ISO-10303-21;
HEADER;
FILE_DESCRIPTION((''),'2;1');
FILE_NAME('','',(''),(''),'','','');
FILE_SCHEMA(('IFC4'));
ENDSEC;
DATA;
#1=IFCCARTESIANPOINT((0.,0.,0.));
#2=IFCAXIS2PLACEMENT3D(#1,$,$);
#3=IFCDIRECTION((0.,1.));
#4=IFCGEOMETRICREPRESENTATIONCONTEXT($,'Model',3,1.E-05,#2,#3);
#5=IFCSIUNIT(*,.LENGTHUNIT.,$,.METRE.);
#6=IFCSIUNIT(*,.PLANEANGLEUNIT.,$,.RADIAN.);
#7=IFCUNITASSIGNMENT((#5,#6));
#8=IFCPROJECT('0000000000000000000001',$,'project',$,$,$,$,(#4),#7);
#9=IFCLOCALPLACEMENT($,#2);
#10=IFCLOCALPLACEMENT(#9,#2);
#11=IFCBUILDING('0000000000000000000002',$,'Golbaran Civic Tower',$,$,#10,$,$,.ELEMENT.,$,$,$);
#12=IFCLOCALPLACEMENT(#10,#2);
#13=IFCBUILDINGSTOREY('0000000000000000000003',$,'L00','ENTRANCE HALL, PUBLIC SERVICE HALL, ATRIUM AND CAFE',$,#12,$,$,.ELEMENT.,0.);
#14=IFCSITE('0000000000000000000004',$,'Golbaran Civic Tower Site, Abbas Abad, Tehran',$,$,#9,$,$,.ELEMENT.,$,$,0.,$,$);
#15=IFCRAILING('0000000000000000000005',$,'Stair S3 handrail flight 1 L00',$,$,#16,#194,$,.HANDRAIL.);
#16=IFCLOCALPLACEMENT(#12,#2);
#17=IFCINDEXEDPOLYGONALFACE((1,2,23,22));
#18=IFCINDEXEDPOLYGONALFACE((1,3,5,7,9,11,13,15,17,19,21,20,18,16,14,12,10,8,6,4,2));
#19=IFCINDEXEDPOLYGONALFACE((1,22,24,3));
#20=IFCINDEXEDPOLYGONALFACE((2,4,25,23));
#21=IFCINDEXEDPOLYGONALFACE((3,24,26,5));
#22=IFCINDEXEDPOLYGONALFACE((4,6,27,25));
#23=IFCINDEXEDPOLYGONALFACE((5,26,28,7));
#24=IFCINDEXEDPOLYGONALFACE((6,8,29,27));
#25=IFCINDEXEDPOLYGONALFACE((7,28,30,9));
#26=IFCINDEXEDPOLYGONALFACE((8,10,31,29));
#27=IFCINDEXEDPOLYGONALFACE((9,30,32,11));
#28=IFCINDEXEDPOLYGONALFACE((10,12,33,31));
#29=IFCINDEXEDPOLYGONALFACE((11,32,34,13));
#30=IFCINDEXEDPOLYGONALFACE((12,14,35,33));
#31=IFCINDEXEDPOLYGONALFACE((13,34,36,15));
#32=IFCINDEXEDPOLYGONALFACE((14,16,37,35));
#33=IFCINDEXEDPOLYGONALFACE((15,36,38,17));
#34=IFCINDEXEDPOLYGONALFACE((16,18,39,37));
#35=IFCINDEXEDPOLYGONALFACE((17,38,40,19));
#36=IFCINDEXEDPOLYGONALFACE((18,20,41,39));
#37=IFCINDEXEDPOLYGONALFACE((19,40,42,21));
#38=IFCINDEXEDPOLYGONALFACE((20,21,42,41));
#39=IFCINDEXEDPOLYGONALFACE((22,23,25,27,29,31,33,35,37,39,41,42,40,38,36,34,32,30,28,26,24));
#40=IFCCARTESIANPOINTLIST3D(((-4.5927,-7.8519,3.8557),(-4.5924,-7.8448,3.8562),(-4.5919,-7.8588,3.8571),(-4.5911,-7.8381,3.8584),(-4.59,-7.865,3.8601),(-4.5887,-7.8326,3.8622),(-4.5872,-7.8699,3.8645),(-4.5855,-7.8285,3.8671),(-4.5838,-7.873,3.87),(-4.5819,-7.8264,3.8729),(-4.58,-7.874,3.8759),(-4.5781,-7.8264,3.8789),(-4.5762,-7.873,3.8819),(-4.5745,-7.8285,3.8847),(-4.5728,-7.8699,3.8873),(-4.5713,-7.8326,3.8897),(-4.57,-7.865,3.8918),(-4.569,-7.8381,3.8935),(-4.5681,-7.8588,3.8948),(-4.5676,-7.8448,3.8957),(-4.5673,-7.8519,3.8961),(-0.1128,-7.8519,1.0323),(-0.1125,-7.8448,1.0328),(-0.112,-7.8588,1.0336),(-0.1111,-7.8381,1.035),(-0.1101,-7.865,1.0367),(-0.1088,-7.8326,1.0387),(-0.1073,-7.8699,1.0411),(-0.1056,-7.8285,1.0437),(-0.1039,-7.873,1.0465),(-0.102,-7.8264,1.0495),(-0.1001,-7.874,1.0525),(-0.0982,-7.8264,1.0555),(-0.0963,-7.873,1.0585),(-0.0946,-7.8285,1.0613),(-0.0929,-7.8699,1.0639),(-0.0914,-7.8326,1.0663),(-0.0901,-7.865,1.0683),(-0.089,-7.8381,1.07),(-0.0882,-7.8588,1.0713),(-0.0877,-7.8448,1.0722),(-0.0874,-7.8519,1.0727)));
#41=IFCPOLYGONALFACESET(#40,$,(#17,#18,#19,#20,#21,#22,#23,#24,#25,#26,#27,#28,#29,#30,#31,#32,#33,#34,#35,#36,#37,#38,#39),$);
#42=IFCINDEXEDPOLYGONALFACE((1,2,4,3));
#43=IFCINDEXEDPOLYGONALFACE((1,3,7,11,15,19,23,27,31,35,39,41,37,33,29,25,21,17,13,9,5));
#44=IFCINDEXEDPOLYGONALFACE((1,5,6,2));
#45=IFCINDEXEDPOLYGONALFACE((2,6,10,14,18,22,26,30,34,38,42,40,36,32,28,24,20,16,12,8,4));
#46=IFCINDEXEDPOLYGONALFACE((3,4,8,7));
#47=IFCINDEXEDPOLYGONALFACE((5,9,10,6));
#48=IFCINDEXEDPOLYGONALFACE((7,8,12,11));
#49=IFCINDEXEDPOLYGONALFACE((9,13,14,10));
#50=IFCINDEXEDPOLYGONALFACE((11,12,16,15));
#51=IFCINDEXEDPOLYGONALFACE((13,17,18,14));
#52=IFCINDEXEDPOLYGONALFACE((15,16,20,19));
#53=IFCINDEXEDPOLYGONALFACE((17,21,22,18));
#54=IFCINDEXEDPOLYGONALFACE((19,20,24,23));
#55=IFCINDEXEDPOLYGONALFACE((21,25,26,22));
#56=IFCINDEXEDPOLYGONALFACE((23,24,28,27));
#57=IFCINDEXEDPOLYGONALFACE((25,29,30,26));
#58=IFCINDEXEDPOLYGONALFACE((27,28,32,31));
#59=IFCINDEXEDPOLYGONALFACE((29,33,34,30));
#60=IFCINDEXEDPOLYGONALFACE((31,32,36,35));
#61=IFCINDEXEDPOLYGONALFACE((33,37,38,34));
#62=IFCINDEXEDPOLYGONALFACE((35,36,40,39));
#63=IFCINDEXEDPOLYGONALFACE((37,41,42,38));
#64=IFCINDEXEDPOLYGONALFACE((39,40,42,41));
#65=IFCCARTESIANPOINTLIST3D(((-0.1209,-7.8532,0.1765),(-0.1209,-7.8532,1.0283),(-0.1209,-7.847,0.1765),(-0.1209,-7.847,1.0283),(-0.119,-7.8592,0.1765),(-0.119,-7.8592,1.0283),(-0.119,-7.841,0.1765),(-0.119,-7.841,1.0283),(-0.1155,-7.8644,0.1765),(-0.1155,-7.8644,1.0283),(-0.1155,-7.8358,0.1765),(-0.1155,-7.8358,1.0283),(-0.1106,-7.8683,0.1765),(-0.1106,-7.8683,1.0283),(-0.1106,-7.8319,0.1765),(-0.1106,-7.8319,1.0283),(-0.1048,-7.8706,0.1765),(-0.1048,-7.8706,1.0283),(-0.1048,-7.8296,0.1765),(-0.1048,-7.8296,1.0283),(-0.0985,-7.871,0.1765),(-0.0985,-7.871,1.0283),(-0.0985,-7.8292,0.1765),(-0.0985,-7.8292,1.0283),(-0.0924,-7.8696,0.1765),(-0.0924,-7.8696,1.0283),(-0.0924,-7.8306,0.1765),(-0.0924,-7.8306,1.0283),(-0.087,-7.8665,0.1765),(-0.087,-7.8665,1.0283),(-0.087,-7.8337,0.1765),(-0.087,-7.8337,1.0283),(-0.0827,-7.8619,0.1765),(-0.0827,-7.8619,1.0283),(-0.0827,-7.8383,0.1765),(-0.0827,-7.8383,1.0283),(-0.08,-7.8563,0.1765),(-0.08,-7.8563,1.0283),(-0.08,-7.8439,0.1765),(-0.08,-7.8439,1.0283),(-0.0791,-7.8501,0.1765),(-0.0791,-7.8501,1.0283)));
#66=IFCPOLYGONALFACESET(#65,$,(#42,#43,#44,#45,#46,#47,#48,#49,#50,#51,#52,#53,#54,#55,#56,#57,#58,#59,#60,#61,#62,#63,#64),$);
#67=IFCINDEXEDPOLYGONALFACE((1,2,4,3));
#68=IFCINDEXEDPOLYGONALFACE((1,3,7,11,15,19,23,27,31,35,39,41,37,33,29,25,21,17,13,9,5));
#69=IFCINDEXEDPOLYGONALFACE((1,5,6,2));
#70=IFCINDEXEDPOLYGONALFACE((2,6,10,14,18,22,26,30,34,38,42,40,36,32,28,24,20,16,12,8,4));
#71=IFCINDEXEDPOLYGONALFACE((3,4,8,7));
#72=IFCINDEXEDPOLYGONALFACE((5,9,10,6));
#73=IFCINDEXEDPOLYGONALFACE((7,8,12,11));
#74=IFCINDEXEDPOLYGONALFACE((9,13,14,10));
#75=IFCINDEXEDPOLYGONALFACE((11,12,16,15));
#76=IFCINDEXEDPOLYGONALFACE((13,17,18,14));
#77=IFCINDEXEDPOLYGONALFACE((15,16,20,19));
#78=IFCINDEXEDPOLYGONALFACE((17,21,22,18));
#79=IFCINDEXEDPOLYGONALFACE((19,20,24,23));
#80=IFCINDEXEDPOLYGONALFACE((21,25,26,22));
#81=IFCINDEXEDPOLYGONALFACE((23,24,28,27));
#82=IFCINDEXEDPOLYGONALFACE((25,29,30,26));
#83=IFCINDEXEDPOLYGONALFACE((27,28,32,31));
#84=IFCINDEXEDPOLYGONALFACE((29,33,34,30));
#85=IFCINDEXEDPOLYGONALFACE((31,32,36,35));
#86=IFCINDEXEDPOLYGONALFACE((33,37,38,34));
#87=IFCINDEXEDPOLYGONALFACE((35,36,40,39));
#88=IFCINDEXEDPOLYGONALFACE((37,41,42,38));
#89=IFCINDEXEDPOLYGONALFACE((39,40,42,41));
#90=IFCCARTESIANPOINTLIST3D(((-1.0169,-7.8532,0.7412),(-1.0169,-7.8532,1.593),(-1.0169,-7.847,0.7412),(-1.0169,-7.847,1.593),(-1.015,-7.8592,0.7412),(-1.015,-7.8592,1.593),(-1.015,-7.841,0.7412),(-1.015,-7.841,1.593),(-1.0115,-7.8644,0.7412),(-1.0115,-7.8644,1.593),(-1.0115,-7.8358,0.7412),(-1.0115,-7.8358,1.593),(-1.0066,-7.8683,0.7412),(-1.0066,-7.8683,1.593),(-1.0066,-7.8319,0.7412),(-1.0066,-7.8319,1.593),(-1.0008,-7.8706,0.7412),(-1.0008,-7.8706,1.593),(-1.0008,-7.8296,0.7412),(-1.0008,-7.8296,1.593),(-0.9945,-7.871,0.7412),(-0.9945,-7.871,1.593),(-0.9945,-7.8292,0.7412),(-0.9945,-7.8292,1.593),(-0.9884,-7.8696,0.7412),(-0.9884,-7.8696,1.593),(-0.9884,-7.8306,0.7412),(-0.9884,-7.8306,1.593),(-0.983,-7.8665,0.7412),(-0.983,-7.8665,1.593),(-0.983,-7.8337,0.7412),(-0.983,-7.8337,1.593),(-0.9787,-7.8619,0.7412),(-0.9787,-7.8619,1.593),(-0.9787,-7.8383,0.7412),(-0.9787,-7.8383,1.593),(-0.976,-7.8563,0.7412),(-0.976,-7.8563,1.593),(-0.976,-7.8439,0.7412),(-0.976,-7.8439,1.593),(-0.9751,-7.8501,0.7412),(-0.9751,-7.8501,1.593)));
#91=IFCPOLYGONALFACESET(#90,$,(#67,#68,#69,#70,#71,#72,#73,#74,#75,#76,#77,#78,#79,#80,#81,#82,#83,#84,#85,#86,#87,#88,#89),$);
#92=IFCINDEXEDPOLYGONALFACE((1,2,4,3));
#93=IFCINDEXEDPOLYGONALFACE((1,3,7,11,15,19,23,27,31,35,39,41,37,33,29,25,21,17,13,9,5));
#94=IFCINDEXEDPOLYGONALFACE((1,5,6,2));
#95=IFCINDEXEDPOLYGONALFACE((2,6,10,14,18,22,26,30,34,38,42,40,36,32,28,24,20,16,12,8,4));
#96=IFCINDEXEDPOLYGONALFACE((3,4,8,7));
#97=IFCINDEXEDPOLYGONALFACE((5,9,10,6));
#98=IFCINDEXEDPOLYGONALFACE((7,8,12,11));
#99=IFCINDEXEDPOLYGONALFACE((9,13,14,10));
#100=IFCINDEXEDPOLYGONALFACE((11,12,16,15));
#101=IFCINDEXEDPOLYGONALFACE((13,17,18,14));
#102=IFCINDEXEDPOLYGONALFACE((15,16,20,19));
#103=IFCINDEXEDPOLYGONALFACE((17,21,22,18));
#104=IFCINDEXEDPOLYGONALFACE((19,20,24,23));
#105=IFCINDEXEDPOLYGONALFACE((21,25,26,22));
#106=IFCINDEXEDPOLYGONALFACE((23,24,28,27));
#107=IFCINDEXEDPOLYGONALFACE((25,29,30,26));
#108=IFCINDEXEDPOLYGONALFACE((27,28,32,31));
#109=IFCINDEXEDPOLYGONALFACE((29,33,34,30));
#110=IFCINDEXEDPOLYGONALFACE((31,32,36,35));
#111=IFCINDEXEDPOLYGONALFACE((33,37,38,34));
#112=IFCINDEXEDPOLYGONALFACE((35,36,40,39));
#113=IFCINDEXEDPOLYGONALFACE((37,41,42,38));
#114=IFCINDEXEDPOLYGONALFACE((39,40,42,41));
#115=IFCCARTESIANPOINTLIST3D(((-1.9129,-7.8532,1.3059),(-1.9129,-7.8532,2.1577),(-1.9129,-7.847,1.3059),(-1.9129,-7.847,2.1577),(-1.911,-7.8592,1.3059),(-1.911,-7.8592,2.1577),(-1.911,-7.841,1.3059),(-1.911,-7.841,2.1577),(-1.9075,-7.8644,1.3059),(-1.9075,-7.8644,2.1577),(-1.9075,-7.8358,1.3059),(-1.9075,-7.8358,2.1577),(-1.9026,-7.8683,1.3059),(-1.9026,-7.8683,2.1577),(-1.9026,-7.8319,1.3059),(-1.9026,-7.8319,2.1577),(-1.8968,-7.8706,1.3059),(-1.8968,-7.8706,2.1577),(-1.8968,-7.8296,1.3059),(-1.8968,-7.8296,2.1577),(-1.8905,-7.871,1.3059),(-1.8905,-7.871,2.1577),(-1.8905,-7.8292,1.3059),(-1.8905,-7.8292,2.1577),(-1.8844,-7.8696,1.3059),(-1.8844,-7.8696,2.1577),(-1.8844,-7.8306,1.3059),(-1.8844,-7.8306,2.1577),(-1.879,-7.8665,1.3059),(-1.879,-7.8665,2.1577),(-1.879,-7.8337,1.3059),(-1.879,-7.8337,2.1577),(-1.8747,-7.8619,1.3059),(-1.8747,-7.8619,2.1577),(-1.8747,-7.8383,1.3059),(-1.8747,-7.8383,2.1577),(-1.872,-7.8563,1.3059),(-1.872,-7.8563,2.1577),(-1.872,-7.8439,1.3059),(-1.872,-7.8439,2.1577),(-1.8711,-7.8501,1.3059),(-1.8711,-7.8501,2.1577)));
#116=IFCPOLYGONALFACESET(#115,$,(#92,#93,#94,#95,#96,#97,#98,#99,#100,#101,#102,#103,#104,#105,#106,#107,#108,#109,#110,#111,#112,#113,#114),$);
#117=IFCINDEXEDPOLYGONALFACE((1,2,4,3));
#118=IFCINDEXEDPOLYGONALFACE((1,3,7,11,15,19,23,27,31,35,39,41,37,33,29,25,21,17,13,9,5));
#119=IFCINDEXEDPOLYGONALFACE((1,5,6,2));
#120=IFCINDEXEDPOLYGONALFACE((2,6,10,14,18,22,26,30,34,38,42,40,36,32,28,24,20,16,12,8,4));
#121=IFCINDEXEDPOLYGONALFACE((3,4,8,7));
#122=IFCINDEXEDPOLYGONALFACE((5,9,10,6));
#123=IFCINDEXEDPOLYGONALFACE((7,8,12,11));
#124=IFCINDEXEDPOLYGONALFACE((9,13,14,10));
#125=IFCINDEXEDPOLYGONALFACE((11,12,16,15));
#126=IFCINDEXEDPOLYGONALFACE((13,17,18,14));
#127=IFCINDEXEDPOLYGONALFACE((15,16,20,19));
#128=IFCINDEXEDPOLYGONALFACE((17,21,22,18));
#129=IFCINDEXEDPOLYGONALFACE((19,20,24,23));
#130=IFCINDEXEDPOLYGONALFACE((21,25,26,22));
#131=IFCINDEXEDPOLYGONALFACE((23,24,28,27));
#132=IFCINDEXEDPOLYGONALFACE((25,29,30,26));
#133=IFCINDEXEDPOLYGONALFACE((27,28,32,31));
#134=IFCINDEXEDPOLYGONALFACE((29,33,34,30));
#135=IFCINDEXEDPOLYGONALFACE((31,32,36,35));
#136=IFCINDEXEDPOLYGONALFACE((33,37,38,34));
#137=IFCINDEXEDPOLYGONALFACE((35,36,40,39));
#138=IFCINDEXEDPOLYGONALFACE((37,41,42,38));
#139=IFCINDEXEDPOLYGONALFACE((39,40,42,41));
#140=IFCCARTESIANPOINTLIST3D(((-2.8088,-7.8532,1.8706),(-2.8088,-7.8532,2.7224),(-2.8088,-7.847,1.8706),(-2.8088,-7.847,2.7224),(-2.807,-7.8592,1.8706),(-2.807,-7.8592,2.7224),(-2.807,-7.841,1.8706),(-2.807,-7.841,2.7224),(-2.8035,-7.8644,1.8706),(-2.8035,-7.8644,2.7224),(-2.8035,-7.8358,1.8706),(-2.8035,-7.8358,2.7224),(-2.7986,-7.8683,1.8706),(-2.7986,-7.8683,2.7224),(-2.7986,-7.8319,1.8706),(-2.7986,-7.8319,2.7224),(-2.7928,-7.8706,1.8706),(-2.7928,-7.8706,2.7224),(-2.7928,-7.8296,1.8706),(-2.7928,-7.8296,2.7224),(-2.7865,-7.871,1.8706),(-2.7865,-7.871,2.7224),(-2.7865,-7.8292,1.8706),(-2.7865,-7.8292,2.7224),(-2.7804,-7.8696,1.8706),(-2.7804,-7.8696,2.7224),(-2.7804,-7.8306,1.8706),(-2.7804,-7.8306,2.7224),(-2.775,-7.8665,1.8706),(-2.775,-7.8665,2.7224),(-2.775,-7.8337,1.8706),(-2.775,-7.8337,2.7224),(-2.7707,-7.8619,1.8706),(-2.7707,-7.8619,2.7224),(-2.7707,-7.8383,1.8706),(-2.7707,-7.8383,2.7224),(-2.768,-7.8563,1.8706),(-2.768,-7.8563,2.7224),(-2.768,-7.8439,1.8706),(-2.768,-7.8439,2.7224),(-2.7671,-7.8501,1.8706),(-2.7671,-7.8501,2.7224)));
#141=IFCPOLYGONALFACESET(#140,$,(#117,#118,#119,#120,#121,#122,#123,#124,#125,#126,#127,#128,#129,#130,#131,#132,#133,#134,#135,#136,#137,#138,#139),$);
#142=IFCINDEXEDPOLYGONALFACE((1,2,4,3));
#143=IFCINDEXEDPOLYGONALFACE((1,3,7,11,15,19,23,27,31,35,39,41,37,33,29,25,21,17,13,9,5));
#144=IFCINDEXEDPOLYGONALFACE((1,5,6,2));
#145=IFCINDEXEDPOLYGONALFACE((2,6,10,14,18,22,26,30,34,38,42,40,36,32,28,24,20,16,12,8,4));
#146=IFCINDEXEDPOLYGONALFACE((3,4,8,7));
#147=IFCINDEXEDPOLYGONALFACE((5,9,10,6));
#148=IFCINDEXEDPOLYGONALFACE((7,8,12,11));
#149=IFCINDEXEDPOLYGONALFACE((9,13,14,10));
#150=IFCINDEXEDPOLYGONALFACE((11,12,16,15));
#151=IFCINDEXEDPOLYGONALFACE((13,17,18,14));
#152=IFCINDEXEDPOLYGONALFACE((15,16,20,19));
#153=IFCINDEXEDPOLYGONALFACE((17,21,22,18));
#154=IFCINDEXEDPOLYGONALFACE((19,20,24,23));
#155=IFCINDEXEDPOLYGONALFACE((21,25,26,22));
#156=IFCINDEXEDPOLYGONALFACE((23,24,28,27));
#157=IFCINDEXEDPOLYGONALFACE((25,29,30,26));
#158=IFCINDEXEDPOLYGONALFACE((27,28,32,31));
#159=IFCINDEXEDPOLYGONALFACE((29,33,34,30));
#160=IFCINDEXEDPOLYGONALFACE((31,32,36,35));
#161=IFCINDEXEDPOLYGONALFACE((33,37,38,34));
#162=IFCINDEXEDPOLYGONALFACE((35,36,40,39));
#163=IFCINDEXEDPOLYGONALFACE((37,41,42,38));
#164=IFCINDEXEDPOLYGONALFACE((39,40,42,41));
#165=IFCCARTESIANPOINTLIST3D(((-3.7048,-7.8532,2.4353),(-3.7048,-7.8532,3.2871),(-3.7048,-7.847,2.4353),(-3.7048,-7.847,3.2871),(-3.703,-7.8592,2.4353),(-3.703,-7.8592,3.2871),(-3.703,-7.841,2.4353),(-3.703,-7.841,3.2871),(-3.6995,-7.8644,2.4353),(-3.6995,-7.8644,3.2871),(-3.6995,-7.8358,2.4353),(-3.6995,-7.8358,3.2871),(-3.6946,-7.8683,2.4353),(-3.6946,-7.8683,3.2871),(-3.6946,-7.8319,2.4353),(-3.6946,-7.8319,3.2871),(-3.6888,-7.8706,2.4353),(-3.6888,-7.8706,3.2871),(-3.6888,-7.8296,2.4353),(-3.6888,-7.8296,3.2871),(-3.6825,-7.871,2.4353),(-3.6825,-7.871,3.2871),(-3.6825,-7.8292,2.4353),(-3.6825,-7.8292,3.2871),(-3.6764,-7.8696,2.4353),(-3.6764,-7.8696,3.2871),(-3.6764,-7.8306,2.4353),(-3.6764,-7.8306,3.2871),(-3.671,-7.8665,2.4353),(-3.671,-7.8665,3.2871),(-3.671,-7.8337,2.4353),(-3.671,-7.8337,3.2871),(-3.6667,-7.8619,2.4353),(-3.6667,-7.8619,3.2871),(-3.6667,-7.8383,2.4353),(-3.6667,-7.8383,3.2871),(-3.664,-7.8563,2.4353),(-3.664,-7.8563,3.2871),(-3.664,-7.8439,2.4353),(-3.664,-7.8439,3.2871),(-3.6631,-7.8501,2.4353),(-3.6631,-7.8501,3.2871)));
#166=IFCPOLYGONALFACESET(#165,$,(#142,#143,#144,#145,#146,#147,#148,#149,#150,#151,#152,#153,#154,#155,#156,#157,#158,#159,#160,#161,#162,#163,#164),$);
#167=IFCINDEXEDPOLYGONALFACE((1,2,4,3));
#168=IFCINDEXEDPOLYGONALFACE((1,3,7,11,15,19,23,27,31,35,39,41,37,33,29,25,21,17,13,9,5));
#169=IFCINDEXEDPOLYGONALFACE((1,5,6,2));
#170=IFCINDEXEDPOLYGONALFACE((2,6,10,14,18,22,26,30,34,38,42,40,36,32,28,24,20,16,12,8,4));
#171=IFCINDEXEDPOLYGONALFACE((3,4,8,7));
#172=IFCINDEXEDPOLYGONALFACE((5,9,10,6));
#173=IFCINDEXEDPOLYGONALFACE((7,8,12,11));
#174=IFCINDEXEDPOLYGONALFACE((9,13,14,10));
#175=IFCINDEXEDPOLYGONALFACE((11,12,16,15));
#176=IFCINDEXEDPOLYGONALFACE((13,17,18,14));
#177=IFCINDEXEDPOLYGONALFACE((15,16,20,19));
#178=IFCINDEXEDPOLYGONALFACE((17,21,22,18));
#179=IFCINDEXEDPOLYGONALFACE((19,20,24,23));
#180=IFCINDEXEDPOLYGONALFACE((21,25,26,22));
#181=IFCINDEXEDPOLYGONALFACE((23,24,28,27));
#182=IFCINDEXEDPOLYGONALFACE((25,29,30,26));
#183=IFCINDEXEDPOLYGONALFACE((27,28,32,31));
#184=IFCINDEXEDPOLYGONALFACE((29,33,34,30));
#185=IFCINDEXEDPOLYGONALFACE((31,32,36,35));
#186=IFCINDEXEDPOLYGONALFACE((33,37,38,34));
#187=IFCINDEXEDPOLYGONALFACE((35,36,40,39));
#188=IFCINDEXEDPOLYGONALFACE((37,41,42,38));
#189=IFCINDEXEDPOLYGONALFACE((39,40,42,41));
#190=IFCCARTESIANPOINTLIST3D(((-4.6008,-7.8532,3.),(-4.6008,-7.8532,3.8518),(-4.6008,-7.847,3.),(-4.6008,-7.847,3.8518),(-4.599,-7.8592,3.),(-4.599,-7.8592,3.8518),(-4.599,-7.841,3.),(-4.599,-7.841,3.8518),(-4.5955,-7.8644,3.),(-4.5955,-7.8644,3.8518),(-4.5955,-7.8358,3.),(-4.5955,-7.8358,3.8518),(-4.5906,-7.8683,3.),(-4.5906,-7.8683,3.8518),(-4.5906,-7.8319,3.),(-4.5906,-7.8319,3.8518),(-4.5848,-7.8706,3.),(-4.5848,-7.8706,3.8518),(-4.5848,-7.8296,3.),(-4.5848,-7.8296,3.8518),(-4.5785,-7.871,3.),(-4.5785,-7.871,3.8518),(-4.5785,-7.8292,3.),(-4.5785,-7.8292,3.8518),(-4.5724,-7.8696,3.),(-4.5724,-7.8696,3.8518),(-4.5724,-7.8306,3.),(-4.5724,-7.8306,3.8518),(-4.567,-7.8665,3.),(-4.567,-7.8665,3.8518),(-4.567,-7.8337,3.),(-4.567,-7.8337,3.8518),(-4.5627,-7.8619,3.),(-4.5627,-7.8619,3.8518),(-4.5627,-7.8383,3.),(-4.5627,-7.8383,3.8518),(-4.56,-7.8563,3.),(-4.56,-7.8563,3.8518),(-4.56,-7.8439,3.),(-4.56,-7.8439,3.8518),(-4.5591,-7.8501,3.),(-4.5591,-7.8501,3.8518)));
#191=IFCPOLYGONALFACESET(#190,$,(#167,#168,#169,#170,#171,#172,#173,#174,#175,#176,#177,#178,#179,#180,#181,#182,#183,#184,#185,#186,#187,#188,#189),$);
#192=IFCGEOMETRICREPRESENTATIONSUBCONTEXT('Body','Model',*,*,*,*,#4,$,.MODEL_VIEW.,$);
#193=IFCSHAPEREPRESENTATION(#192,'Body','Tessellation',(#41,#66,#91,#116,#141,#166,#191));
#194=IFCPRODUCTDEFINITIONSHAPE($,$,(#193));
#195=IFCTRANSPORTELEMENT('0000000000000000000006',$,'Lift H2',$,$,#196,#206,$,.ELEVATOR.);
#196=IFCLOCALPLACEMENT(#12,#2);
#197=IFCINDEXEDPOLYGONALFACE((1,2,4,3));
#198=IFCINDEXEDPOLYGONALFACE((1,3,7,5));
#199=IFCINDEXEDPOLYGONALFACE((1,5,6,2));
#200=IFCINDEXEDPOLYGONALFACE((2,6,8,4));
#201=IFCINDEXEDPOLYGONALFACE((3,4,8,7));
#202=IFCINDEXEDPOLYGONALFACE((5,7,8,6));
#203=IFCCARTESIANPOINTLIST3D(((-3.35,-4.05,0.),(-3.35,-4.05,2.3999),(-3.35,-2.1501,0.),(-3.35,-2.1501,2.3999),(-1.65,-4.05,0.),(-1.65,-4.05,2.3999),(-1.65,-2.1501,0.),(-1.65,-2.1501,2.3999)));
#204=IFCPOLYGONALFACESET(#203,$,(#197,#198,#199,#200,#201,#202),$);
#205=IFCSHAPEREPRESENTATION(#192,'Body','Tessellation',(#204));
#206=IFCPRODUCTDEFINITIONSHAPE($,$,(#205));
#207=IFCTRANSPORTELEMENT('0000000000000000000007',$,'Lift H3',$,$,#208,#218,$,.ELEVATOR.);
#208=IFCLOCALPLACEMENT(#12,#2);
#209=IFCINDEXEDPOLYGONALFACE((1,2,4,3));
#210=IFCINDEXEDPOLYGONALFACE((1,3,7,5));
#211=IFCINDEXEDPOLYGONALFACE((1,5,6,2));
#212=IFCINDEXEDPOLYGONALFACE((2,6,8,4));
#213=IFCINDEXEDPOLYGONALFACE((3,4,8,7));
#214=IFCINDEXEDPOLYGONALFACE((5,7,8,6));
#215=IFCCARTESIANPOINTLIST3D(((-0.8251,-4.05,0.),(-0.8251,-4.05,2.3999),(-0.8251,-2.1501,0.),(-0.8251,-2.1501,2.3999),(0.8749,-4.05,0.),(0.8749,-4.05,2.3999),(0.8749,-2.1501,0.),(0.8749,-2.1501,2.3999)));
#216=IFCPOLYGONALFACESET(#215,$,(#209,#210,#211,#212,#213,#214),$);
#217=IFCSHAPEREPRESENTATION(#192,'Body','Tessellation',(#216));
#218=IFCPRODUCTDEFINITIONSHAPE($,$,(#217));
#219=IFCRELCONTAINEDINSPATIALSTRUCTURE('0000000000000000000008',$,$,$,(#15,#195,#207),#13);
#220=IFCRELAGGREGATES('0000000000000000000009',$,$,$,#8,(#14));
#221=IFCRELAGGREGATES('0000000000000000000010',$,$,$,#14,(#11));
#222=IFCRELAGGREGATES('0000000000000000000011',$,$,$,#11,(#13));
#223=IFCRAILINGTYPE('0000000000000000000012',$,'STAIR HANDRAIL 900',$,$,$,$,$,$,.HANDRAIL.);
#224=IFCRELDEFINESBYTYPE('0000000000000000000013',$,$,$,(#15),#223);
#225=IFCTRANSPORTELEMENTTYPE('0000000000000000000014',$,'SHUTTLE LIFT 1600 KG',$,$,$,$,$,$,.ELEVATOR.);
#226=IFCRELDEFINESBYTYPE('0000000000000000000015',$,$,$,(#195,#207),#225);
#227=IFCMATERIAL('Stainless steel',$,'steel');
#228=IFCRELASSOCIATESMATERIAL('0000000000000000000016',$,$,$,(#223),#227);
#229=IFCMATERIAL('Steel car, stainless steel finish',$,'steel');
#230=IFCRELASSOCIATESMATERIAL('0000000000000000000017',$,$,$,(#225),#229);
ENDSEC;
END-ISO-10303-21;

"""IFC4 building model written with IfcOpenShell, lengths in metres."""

from ifc_helpers import new_model, si_unit, direction, frame, origin, origin_2d, place, context, subcontext, project, spatial, rectangle, circle, extrude, material, type_object, element, save


model = new_model("IFC4")

# Units and contexts
model_context = context("Model", 3, precision=1e-05, world=origin(), true_north=direction((0.0, 1.0)))
body_context = subcontext(model_context, "Body", "Model", "MODEL_VIEW")
ifc_project = project(units=[si_unit("LENGTHUNIT", "METRE"), si_unit("PLANEANGLEUNIT", "RADIAN")], contexts=[model_context])

# Site, building, storey
site_placement = place(None, origin())
site = spatial("IfcSite", under=ifc_project, at=site_placement, Name="Golbaran Civic Tower Site, Abbas Abad, Tehran", CompositionType="ELEMENT", RefElevation=0.0)
building_placement = place(site_placement, origin())
building = spatial("IfcBuilding", under=site, at=building_placement, Name="Golbaran Civic Tower", CompositionType="ELEMENT")
storey_placement = place(building_placement, origin())
storey = spatial("IfcBuildingStorey", under=building, at=storey_placement, Name="L00", Description="ENTRANCE HALL, PUBLIC SERVICE HALL, ATRIUM AND CAFE", CompositionType="ELEMENT", Elevation=0.0)

# Shared definitions
ifc_material_1 = material(Name="Stainless steel", Category="steel")

# Railing
railing_type = type_object("IfcRailingType", Name="STAIR HANDRAIL 900", PredefinedType="HANDRAIL", material=ifc_material_1)
railing_placement = place(storey_placement, frame((-0.1001, -7.8501, 0.1765)))
element("IfcRailing", 1, at=railing_placement, inside=storey, type_object=railing_type, Name="Stair S3 handrail flight 1 L00", PredefinedType="HANDRAIL", context=body_context, shape_type="SweptSolid", body=[
    extrude(circle(Radius=0.0239, at=origin_2d()), frame((0.0, 0.0, 0.876), z_axis=(-0.845998, 0.0, 0.533186), x_axis=(0.0, -1.0, 0.0)), (0.0, 0.0, 1.0), 5.2954),
    extrude(circle(Radius=0.021, at=origin_2d()), origin(), (0.0, 0.0, 1.0), 0.8518),
    extrude(circle(Radius=0.021, at=origin_2d()), frame((-0.896, 0.0, 0.5647)), (0.0, 0.0, 1.0), 0.8518),
    extrude(circle(Radius=0.021, at=origin_2d()), frame((-1.792, 0.0, 1.1294)), (0.0, 0.0, 1.0), 0.8518),
    extrude(circle(Radius=0.021, at=origin_2d()), frame((-2.688, 0.0, 1.6941)), (0.0, 0.0, 1.0), 0.8518),
    extrude(circle(Radius=0.021, at=origin_2d()), frame((-3.584, 0.0, 2.2588)), (0.0, 0.0, 1.0), 0.8518),
    extrude(circle(Radius=0.021, at=origin_2d()), frame((-4.48, 0.0, 2.8235)), (0.0, 0.0, 1.0), 0.8518),
])

# Transport elements
ifc_material_2 = material(Name="Steel car, stainless steel finish", Category="steel")
transport_element_type = type_object("IfcTransportElementType", Name="SHUTTLE LIFT 1600 KG", PredefinedType="ELEVATOR", material=ifc_material_2)
for number, where, z_axis, x_axis, name in (
    (2, (-2.5, -3.1001, 0.0), (0.0, 0.0, 1.0), (1.0, 0.0, 0.0), "Lift H2"),
    (3, (0.0249, -3.1001, 0.0), (0.0, 0.0, 1.0), (1.0, 0.0, 0.0), "Lift H3"),
):
    element("IfcTransportElement", number, at=place(storey_placement, frame(where, z_axis=z_axis, x_axis=x_axis)), inside=storey, type_object=transport_element_type, Name=name, PredefinedType="ELEVATOR", context=body_context, shape_type="SweptSolid", body=[
        extrude(rectangle(XDim=1.7, YDim=1.8999, at=origin_2d()), origin(), (0.0, 0.0, 1.0), 2.3999),
    ])

save(model, "model.ifc")
